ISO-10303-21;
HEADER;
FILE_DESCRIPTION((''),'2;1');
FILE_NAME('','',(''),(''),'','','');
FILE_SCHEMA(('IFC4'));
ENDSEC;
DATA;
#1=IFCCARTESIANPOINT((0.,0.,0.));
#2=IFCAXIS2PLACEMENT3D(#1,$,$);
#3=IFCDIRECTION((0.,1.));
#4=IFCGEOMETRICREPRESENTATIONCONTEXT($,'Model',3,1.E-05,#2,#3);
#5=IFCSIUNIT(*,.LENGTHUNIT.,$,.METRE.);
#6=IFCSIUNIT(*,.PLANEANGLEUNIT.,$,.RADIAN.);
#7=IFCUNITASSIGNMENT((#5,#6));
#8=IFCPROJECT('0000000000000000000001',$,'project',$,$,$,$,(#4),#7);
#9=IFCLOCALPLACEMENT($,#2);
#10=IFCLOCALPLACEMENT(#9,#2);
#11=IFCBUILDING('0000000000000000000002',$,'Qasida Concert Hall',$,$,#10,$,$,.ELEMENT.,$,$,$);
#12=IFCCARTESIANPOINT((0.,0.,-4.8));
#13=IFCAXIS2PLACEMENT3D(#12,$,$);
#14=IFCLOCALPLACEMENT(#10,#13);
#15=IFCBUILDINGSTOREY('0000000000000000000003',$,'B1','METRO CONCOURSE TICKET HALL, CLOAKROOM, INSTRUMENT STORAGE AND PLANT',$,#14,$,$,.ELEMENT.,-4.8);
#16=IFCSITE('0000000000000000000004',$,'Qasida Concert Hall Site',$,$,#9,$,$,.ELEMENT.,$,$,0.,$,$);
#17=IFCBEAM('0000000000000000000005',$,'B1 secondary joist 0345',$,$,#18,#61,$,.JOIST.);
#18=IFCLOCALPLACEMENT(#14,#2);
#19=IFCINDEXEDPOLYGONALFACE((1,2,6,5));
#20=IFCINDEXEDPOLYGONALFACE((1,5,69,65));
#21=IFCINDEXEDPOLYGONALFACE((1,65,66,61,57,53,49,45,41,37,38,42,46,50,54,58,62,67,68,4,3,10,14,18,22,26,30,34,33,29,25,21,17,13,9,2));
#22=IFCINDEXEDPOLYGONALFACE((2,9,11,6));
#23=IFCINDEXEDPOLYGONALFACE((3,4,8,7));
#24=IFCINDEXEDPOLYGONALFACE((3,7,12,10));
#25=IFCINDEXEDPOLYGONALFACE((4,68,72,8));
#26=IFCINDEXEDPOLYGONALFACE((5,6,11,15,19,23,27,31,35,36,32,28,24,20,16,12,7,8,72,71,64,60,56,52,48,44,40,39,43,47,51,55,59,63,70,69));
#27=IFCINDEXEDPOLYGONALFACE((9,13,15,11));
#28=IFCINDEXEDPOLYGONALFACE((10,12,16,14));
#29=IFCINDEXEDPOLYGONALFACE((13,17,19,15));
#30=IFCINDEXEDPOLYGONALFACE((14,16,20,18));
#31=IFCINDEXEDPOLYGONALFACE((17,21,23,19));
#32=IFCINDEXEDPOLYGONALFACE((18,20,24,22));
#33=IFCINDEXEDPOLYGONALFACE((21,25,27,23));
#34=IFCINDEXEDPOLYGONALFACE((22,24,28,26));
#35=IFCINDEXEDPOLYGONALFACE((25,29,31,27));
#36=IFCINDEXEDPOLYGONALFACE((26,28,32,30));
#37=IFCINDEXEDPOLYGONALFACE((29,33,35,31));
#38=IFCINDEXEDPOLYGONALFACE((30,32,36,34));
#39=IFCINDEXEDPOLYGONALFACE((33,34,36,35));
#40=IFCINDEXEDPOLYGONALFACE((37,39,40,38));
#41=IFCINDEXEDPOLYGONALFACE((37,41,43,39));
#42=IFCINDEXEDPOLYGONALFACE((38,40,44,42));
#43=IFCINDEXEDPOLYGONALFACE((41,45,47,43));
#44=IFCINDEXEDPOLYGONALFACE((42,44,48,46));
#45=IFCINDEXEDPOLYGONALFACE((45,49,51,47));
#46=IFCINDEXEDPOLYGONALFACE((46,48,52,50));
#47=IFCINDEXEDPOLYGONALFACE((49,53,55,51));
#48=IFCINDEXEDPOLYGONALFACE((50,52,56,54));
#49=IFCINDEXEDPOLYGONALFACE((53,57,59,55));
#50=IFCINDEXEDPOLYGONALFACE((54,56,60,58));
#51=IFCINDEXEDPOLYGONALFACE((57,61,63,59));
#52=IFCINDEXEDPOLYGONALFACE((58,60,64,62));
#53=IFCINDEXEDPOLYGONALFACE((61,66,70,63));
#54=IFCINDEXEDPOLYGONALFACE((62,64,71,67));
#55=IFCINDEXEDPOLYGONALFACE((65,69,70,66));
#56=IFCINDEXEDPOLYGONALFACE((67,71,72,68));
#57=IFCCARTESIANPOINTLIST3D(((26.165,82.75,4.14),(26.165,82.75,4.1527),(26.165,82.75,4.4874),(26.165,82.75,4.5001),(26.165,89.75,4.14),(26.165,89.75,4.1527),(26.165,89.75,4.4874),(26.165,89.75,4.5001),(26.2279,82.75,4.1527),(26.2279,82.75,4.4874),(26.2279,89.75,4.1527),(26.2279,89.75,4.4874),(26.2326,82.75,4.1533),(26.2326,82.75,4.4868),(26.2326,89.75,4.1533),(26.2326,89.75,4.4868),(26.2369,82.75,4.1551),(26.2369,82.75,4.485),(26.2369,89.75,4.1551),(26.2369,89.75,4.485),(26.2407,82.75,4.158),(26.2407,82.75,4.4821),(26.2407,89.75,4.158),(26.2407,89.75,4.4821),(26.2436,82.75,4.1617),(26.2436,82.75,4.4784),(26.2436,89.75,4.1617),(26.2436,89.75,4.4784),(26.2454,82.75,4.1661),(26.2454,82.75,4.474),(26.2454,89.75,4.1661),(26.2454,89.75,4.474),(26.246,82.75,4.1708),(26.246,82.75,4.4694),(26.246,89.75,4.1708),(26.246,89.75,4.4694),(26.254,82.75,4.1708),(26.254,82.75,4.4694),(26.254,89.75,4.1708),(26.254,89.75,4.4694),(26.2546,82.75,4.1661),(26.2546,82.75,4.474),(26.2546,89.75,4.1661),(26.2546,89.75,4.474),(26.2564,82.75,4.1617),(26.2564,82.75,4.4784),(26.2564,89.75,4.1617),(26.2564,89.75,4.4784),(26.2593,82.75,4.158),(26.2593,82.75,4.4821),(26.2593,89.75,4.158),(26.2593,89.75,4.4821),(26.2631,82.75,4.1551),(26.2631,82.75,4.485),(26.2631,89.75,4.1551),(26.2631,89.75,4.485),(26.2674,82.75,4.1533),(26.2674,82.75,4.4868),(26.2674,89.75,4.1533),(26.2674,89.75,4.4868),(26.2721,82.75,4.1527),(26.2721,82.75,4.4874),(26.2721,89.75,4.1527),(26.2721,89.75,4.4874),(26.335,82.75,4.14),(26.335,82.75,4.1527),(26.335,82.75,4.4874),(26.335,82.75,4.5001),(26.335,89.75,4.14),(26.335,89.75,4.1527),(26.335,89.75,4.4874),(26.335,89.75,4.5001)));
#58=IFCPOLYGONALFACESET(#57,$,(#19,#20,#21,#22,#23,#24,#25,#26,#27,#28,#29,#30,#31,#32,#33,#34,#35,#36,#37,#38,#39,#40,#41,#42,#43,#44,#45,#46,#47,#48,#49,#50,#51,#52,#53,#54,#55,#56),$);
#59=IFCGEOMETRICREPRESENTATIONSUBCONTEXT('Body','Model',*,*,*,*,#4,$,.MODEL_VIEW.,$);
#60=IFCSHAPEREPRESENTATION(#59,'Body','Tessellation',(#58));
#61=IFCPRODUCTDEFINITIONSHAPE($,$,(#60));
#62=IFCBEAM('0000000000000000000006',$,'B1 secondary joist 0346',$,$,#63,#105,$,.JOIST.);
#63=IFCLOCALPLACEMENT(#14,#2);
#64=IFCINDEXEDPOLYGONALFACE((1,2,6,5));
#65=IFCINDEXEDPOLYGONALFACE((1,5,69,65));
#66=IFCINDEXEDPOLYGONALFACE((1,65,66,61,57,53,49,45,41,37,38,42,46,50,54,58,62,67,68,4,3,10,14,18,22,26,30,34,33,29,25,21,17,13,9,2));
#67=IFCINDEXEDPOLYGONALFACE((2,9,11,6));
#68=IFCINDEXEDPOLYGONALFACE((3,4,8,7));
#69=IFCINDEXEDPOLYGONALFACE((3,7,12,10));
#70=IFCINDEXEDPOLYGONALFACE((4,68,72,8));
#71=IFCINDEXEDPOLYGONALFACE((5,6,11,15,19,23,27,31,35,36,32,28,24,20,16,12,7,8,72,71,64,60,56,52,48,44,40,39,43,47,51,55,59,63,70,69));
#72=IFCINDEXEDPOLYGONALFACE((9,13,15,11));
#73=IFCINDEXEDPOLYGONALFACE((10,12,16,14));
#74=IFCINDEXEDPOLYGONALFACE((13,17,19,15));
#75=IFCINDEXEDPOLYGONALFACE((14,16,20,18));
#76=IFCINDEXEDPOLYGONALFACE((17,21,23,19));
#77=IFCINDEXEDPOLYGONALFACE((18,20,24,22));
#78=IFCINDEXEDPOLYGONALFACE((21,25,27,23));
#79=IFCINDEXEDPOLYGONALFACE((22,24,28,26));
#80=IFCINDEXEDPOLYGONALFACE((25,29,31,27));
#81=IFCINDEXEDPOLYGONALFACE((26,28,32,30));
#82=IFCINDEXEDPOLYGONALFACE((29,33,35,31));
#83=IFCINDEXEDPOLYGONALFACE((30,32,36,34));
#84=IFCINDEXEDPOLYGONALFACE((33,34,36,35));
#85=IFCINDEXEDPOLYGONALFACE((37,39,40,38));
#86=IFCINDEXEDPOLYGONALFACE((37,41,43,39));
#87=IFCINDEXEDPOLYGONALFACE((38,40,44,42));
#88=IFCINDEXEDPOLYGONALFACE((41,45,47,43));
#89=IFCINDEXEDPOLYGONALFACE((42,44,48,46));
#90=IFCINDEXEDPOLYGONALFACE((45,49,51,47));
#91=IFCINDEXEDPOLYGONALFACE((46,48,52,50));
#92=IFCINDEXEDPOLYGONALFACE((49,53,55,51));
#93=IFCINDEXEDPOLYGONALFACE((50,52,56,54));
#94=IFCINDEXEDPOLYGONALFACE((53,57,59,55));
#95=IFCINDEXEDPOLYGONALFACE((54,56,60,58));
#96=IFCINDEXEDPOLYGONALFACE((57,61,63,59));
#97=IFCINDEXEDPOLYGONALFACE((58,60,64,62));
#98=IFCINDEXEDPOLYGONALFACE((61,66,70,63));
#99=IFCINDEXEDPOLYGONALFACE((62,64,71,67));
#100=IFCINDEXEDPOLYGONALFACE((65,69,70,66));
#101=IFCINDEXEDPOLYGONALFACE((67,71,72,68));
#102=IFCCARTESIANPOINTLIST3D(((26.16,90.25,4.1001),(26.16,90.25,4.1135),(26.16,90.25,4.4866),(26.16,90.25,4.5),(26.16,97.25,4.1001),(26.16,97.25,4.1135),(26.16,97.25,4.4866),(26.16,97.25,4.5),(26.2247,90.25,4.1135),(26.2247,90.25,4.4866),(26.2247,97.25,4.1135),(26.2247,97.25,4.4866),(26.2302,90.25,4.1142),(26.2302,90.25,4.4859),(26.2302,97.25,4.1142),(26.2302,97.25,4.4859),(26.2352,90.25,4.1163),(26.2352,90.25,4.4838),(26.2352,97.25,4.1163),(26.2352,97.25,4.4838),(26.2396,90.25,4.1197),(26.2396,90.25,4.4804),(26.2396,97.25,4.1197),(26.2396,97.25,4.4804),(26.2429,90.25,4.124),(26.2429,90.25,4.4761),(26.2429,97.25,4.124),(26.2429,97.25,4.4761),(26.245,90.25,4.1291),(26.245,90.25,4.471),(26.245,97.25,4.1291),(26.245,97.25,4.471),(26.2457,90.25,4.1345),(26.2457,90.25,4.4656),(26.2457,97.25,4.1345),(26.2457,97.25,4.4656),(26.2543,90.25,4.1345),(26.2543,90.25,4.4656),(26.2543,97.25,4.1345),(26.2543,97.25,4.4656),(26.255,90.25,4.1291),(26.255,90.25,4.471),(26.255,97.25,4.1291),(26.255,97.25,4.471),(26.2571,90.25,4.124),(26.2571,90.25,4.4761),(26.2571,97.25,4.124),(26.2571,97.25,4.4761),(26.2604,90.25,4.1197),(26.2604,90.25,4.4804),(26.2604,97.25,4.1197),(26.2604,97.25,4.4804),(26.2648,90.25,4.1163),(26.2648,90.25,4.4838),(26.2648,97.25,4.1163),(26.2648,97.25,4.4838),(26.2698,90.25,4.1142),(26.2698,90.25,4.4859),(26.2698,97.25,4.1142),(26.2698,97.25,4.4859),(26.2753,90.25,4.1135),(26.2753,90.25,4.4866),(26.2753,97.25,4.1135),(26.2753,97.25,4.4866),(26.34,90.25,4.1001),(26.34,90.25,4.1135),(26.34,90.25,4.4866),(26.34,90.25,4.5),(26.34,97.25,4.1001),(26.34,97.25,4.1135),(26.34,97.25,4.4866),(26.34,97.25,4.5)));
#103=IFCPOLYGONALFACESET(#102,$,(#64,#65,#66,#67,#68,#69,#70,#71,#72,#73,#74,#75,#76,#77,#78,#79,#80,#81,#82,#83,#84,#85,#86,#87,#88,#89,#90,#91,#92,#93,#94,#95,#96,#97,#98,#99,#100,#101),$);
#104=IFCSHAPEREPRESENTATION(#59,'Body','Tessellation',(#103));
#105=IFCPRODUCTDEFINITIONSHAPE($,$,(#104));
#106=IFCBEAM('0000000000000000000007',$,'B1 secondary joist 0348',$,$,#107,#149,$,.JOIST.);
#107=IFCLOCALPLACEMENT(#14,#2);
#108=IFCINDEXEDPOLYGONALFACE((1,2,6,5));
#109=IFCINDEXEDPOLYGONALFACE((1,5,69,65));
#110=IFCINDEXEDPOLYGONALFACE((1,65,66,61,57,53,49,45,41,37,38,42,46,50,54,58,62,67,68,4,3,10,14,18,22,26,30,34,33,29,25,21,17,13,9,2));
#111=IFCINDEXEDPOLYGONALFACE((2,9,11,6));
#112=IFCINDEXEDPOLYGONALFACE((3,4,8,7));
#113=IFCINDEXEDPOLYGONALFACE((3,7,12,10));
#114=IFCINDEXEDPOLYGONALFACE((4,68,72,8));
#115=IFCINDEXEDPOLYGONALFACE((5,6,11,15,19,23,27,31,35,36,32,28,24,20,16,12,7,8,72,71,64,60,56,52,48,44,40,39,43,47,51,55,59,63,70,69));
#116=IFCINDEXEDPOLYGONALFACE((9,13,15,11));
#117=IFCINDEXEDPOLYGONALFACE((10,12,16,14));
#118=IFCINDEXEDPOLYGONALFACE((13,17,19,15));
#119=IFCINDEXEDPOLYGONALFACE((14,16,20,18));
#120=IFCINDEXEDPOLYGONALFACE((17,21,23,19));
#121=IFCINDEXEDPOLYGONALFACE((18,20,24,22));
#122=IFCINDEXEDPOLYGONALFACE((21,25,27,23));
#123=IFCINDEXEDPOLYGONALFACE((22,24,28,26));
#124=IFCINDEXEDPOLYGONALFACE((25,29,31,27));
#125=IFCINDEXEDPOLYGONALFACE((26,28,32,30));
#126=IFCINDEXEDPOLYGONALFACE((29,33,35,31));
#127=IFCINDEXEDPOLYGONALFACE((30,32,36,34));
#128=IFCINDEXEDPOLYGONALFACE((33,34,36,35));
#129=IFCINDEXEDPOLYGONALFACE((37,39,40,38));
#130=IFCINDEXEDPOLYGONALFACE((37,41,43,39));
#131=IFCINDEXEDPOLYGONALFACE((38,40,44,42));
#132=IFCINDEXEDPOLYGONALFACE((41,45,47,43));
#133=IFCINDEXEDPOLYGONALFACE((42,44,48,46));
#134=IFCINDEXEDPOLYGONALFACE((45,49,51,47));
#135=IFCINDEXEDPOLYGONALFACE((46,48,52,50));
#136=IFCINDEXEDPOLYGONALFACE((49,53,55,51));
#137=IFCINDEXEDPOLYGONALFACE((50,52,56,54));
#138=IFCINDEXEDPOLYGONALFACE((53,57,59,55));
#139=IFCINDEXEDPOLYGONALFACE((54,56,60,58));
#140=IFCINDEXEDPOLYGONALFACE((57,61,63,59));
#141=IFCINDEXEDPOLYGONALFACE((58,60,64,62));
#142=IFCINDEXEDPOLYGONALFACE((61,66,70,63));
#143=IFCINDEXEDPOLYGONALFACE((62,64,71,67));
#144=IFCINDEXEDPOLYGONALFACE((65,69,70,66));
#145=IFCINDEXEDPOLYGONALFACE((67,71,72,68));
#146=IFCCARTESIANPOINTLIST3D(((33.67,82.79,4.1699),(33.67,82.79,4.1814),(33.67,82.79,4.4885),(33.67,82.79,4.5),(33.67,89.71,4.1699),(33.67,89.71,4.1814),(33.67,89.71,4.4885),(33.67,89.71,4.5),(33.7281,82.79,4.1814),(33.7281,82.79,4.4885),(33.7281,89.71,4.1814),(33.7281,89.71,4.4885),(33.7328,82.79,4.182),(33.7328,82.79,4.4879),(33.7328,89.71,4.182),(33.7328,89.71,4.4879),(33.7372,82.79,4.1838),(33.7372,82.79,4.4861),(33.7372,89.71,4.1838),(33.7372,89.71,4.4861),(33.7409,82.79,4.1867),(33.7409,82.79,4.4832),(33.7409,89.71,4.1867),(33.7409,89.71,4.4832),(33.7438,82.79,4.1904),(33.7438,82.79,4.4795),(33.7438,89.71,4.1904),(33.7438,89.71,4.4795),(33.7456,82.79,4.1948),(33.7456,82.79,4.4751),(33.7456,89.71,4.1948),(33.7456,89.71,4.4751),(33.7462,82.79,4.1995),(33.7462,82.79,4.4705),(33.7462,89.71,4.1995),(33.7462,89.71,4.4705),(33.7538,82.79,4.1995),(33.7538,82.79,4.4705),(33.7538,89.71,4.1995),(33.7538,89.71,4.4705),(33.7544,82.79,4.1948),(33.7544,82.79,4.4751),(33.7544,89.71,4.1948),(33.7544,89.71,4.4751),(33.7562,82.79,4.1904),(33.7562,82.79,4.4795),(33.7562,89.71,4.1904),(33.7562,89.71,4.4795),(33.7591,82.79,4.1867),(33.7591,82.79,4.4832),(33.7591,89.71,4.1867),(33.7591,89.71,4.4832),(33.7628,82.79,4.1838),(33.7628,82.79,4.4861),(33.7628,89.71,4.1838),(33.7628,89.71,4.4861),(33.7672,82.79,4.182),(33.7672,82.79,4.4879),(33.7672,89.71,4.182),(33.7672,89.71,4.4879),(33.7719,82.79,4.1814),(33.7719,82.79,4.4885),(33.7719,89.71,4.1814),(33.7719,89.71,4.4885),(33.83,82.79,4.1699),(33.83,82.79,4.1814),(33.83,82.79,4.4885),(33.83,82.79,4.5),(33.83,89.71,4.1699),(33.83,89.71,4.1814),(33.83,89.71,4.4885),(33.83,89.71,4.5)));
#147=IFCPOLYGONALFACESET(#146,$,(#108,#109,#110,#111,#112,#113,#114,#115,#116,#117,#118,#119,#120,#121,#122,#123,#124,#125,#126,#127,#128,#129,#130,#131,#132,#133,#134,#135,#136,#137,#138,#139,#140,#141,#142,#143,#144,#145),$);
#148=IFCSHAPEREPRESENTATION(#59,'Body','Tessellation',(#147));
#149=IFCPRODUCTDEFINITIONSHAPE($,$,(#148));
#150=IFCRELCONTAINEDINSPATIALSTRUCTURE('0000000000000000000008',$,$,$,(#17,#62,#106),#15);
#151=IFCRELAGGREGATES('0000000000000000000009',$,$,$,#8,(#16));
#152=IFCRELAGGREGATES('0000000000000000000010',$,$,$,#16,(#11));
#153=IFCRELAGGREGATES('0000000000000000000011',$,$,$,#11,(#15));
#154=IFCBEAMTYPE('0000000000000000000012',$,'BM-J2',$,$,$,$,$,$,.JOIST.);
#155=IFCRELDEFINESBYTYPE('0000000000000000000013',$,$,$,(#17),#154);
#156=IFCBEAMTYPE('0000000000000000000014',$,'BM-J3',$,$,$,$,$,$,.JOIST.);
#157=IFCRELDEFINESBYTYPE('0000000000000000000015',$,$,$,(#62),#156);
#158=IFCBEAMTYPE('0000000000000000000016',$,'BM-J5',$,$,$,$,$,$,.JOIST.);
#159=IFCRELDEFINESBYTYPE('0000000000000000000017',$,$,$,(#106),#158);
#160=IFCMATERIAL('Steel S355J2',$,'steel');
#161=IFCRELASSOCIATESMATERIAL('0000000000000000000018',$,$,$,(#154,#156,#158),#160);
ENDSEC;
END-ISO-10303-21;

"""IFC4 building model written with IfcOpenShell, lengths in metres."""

from ifc_helpers import new_model, si_unit, direction, frame, origin, origin_2d, place, context, subcontext, project, spatial, i_section, extrude, material, material_profile, profile_set, type_object, element, save


model = new_model("IFC4")

# Units and contexts
model_context = context("Model", 3, precision=1e-05, world=origin(), true_north=direction((0.0, 1.0)))
body_context = subcontext(model_context, "Body", "Model", "MODEL_VIEW")
ifc_project = project(units=[si_unit("LENGTHUNIT", "METRE"), si_unit("PLANEANGLEUNIT", "RADIAN")], contexts=[model_context])

# Site, building, storey
site_placement = place(None, origin())
site = spatial("IfcSite", under=ifc_project, at=site_placement, Name="Qasida Concert Hall Site", CompositionType="ELEMENT", RefElevation=0.0)
building_placement = place(site_placement, origin())
building = spatial("IfcBuilding", under=site, at=building_placement, Name="Qasida Concert Hall", CompositionType="ELEMENT")
storey_placement = place(building_placement, frame((0.0, 0.0, -4.8)))
storey = spatial("IfcBuildingStorey", under=building, at=storey_placement, Name="B1", Description="METRO CONCOURSE TICKET HALL, CLOAKROOM, INSTRUMENT STORAGE AND PLANT", CompositionType="ELEMENT", Elevation=-4.8)

# Beams
ifc_material_1 = material(Name="Steel S355J2", Category="steel")
ifc_material_profile_1 = material_profile(ifc_material_1, i_section(OverallWidth=0.1699, OverallDepth=0.3601, WebThickness=0.0081, FlangeThickness=0.0127, FilletRadius=0.0181, at=origin_2d()), Name="IPE 360")
ifc_profile_set_1 = profile_set([ifc_material_profile_1], Name="Steel S355J2")
beam_type_1 = type_object("IfcBeamType", Name="BM-J2", PredefinedType="JOIST", material=ifc_profile_set_1)
beam_1_placement = place(storey_placement, frame((26.25, 82.75, 4.3201), z_axis=(0.0, 1.0, 0.0), x_axis=(-1.0, 0.0, 0.0)))
element("IfcBeam", 1, at=beam_1_placement, inside=storey, type_object=beam_type_1, Name="B1 secondary joist 0345", PredefinedType="JOIST", context=body_context, shape_type="SweptSolid", body=[
    extrude(i_section(OverallWidth=0.1699, OverallDepth=0.3601, WebThickness=0.0081, FlangeThickness=0.0127, FilletRadius=0.0181, at=origin_2d()), origin(), (0.0, 0.0, 1.0), 7.0),
])
ifc_material_profile_2 = material_profile(ifc_material_1, i_section(OverallWidth=0.1799, OverallDepth=0.3999, WebThickness=0.0085, FlangeThickness=0.0134, FilletRadius=0.021, at=origin_2d()), Name="IPE 400")
ifc_profile_set_2 = profile_set([ifc_material_profile_2], Name="Steel S355J2")
beam_type_2 = type_object("IfcBeamType", Name="BM-J3", PredefinedType="JOIST", material=ifc_profile_set_2)
beam_2_placement = place(storey_placement, frame((26.25, 90.25, 4.3), z_axis=(0.0, 1.0, 0.0), x_axis=(-1.0, 0.0, 0.0)))
element("IfcBeam", 2, at=beam_2_placement, inside=storey, type_object=beam_type_2, Name="B1 secondary joist 0346", PredefinedType="JOIST", context=body_context, shape_type="SweptSolid", body=[
    extrude(i_section(OverallWidth=0.1799, OverallDepth=0.3999, WebThickness=0.0085, FlangeThickness=0.0134, FilletRadius=0.021, at=origin_2d()), origin(), (0.0, 0.0, 1.0), 7.0),
])
ifc_material_profile_3 = material_profile(ifc_material_1, i_section(OverallWidth=0.1599, OverallDepth=0.3301, WebThickness=0.0076, FlangeThickness=0.0115, FilletRadius=0.0181, at=origin_2d()), Name="IPE 330")
ifc_profile_set_3 = profile_set([ifc_material_profile_3], Name="Steel S355J2")
beam_type_3 = type_object("IfcBeamType", Name="BM-J5", PredefinedType="JOIST", material=ifc_profile_set_3)
beam_3_placement = place(storey_placement, frame((33.75, 82.79, 4.335), z_axis=(0.0, 1.0, 0.0), x_axis=(-1.0, 0.0, 0.0)))
element("IfcBeam", 3, at=beam_3_placement, inside=storey, type_object=beam_type_3, Name="B1 secondary joist 0348", PredefinedType="JOIST", context=body_context, shape_type="SweptSolid", body=[
    extrude(i_section(OverallWidth=0.1599, OverallDepth=0.3301, WebThickness=0.0076, FlangeThickness=0.0115, FilletRadius=0.0181, at=origin_2d()), origin(), (0.0, 0.0, 1.0), 6.9199),
])

save(model, "model.ifc")
